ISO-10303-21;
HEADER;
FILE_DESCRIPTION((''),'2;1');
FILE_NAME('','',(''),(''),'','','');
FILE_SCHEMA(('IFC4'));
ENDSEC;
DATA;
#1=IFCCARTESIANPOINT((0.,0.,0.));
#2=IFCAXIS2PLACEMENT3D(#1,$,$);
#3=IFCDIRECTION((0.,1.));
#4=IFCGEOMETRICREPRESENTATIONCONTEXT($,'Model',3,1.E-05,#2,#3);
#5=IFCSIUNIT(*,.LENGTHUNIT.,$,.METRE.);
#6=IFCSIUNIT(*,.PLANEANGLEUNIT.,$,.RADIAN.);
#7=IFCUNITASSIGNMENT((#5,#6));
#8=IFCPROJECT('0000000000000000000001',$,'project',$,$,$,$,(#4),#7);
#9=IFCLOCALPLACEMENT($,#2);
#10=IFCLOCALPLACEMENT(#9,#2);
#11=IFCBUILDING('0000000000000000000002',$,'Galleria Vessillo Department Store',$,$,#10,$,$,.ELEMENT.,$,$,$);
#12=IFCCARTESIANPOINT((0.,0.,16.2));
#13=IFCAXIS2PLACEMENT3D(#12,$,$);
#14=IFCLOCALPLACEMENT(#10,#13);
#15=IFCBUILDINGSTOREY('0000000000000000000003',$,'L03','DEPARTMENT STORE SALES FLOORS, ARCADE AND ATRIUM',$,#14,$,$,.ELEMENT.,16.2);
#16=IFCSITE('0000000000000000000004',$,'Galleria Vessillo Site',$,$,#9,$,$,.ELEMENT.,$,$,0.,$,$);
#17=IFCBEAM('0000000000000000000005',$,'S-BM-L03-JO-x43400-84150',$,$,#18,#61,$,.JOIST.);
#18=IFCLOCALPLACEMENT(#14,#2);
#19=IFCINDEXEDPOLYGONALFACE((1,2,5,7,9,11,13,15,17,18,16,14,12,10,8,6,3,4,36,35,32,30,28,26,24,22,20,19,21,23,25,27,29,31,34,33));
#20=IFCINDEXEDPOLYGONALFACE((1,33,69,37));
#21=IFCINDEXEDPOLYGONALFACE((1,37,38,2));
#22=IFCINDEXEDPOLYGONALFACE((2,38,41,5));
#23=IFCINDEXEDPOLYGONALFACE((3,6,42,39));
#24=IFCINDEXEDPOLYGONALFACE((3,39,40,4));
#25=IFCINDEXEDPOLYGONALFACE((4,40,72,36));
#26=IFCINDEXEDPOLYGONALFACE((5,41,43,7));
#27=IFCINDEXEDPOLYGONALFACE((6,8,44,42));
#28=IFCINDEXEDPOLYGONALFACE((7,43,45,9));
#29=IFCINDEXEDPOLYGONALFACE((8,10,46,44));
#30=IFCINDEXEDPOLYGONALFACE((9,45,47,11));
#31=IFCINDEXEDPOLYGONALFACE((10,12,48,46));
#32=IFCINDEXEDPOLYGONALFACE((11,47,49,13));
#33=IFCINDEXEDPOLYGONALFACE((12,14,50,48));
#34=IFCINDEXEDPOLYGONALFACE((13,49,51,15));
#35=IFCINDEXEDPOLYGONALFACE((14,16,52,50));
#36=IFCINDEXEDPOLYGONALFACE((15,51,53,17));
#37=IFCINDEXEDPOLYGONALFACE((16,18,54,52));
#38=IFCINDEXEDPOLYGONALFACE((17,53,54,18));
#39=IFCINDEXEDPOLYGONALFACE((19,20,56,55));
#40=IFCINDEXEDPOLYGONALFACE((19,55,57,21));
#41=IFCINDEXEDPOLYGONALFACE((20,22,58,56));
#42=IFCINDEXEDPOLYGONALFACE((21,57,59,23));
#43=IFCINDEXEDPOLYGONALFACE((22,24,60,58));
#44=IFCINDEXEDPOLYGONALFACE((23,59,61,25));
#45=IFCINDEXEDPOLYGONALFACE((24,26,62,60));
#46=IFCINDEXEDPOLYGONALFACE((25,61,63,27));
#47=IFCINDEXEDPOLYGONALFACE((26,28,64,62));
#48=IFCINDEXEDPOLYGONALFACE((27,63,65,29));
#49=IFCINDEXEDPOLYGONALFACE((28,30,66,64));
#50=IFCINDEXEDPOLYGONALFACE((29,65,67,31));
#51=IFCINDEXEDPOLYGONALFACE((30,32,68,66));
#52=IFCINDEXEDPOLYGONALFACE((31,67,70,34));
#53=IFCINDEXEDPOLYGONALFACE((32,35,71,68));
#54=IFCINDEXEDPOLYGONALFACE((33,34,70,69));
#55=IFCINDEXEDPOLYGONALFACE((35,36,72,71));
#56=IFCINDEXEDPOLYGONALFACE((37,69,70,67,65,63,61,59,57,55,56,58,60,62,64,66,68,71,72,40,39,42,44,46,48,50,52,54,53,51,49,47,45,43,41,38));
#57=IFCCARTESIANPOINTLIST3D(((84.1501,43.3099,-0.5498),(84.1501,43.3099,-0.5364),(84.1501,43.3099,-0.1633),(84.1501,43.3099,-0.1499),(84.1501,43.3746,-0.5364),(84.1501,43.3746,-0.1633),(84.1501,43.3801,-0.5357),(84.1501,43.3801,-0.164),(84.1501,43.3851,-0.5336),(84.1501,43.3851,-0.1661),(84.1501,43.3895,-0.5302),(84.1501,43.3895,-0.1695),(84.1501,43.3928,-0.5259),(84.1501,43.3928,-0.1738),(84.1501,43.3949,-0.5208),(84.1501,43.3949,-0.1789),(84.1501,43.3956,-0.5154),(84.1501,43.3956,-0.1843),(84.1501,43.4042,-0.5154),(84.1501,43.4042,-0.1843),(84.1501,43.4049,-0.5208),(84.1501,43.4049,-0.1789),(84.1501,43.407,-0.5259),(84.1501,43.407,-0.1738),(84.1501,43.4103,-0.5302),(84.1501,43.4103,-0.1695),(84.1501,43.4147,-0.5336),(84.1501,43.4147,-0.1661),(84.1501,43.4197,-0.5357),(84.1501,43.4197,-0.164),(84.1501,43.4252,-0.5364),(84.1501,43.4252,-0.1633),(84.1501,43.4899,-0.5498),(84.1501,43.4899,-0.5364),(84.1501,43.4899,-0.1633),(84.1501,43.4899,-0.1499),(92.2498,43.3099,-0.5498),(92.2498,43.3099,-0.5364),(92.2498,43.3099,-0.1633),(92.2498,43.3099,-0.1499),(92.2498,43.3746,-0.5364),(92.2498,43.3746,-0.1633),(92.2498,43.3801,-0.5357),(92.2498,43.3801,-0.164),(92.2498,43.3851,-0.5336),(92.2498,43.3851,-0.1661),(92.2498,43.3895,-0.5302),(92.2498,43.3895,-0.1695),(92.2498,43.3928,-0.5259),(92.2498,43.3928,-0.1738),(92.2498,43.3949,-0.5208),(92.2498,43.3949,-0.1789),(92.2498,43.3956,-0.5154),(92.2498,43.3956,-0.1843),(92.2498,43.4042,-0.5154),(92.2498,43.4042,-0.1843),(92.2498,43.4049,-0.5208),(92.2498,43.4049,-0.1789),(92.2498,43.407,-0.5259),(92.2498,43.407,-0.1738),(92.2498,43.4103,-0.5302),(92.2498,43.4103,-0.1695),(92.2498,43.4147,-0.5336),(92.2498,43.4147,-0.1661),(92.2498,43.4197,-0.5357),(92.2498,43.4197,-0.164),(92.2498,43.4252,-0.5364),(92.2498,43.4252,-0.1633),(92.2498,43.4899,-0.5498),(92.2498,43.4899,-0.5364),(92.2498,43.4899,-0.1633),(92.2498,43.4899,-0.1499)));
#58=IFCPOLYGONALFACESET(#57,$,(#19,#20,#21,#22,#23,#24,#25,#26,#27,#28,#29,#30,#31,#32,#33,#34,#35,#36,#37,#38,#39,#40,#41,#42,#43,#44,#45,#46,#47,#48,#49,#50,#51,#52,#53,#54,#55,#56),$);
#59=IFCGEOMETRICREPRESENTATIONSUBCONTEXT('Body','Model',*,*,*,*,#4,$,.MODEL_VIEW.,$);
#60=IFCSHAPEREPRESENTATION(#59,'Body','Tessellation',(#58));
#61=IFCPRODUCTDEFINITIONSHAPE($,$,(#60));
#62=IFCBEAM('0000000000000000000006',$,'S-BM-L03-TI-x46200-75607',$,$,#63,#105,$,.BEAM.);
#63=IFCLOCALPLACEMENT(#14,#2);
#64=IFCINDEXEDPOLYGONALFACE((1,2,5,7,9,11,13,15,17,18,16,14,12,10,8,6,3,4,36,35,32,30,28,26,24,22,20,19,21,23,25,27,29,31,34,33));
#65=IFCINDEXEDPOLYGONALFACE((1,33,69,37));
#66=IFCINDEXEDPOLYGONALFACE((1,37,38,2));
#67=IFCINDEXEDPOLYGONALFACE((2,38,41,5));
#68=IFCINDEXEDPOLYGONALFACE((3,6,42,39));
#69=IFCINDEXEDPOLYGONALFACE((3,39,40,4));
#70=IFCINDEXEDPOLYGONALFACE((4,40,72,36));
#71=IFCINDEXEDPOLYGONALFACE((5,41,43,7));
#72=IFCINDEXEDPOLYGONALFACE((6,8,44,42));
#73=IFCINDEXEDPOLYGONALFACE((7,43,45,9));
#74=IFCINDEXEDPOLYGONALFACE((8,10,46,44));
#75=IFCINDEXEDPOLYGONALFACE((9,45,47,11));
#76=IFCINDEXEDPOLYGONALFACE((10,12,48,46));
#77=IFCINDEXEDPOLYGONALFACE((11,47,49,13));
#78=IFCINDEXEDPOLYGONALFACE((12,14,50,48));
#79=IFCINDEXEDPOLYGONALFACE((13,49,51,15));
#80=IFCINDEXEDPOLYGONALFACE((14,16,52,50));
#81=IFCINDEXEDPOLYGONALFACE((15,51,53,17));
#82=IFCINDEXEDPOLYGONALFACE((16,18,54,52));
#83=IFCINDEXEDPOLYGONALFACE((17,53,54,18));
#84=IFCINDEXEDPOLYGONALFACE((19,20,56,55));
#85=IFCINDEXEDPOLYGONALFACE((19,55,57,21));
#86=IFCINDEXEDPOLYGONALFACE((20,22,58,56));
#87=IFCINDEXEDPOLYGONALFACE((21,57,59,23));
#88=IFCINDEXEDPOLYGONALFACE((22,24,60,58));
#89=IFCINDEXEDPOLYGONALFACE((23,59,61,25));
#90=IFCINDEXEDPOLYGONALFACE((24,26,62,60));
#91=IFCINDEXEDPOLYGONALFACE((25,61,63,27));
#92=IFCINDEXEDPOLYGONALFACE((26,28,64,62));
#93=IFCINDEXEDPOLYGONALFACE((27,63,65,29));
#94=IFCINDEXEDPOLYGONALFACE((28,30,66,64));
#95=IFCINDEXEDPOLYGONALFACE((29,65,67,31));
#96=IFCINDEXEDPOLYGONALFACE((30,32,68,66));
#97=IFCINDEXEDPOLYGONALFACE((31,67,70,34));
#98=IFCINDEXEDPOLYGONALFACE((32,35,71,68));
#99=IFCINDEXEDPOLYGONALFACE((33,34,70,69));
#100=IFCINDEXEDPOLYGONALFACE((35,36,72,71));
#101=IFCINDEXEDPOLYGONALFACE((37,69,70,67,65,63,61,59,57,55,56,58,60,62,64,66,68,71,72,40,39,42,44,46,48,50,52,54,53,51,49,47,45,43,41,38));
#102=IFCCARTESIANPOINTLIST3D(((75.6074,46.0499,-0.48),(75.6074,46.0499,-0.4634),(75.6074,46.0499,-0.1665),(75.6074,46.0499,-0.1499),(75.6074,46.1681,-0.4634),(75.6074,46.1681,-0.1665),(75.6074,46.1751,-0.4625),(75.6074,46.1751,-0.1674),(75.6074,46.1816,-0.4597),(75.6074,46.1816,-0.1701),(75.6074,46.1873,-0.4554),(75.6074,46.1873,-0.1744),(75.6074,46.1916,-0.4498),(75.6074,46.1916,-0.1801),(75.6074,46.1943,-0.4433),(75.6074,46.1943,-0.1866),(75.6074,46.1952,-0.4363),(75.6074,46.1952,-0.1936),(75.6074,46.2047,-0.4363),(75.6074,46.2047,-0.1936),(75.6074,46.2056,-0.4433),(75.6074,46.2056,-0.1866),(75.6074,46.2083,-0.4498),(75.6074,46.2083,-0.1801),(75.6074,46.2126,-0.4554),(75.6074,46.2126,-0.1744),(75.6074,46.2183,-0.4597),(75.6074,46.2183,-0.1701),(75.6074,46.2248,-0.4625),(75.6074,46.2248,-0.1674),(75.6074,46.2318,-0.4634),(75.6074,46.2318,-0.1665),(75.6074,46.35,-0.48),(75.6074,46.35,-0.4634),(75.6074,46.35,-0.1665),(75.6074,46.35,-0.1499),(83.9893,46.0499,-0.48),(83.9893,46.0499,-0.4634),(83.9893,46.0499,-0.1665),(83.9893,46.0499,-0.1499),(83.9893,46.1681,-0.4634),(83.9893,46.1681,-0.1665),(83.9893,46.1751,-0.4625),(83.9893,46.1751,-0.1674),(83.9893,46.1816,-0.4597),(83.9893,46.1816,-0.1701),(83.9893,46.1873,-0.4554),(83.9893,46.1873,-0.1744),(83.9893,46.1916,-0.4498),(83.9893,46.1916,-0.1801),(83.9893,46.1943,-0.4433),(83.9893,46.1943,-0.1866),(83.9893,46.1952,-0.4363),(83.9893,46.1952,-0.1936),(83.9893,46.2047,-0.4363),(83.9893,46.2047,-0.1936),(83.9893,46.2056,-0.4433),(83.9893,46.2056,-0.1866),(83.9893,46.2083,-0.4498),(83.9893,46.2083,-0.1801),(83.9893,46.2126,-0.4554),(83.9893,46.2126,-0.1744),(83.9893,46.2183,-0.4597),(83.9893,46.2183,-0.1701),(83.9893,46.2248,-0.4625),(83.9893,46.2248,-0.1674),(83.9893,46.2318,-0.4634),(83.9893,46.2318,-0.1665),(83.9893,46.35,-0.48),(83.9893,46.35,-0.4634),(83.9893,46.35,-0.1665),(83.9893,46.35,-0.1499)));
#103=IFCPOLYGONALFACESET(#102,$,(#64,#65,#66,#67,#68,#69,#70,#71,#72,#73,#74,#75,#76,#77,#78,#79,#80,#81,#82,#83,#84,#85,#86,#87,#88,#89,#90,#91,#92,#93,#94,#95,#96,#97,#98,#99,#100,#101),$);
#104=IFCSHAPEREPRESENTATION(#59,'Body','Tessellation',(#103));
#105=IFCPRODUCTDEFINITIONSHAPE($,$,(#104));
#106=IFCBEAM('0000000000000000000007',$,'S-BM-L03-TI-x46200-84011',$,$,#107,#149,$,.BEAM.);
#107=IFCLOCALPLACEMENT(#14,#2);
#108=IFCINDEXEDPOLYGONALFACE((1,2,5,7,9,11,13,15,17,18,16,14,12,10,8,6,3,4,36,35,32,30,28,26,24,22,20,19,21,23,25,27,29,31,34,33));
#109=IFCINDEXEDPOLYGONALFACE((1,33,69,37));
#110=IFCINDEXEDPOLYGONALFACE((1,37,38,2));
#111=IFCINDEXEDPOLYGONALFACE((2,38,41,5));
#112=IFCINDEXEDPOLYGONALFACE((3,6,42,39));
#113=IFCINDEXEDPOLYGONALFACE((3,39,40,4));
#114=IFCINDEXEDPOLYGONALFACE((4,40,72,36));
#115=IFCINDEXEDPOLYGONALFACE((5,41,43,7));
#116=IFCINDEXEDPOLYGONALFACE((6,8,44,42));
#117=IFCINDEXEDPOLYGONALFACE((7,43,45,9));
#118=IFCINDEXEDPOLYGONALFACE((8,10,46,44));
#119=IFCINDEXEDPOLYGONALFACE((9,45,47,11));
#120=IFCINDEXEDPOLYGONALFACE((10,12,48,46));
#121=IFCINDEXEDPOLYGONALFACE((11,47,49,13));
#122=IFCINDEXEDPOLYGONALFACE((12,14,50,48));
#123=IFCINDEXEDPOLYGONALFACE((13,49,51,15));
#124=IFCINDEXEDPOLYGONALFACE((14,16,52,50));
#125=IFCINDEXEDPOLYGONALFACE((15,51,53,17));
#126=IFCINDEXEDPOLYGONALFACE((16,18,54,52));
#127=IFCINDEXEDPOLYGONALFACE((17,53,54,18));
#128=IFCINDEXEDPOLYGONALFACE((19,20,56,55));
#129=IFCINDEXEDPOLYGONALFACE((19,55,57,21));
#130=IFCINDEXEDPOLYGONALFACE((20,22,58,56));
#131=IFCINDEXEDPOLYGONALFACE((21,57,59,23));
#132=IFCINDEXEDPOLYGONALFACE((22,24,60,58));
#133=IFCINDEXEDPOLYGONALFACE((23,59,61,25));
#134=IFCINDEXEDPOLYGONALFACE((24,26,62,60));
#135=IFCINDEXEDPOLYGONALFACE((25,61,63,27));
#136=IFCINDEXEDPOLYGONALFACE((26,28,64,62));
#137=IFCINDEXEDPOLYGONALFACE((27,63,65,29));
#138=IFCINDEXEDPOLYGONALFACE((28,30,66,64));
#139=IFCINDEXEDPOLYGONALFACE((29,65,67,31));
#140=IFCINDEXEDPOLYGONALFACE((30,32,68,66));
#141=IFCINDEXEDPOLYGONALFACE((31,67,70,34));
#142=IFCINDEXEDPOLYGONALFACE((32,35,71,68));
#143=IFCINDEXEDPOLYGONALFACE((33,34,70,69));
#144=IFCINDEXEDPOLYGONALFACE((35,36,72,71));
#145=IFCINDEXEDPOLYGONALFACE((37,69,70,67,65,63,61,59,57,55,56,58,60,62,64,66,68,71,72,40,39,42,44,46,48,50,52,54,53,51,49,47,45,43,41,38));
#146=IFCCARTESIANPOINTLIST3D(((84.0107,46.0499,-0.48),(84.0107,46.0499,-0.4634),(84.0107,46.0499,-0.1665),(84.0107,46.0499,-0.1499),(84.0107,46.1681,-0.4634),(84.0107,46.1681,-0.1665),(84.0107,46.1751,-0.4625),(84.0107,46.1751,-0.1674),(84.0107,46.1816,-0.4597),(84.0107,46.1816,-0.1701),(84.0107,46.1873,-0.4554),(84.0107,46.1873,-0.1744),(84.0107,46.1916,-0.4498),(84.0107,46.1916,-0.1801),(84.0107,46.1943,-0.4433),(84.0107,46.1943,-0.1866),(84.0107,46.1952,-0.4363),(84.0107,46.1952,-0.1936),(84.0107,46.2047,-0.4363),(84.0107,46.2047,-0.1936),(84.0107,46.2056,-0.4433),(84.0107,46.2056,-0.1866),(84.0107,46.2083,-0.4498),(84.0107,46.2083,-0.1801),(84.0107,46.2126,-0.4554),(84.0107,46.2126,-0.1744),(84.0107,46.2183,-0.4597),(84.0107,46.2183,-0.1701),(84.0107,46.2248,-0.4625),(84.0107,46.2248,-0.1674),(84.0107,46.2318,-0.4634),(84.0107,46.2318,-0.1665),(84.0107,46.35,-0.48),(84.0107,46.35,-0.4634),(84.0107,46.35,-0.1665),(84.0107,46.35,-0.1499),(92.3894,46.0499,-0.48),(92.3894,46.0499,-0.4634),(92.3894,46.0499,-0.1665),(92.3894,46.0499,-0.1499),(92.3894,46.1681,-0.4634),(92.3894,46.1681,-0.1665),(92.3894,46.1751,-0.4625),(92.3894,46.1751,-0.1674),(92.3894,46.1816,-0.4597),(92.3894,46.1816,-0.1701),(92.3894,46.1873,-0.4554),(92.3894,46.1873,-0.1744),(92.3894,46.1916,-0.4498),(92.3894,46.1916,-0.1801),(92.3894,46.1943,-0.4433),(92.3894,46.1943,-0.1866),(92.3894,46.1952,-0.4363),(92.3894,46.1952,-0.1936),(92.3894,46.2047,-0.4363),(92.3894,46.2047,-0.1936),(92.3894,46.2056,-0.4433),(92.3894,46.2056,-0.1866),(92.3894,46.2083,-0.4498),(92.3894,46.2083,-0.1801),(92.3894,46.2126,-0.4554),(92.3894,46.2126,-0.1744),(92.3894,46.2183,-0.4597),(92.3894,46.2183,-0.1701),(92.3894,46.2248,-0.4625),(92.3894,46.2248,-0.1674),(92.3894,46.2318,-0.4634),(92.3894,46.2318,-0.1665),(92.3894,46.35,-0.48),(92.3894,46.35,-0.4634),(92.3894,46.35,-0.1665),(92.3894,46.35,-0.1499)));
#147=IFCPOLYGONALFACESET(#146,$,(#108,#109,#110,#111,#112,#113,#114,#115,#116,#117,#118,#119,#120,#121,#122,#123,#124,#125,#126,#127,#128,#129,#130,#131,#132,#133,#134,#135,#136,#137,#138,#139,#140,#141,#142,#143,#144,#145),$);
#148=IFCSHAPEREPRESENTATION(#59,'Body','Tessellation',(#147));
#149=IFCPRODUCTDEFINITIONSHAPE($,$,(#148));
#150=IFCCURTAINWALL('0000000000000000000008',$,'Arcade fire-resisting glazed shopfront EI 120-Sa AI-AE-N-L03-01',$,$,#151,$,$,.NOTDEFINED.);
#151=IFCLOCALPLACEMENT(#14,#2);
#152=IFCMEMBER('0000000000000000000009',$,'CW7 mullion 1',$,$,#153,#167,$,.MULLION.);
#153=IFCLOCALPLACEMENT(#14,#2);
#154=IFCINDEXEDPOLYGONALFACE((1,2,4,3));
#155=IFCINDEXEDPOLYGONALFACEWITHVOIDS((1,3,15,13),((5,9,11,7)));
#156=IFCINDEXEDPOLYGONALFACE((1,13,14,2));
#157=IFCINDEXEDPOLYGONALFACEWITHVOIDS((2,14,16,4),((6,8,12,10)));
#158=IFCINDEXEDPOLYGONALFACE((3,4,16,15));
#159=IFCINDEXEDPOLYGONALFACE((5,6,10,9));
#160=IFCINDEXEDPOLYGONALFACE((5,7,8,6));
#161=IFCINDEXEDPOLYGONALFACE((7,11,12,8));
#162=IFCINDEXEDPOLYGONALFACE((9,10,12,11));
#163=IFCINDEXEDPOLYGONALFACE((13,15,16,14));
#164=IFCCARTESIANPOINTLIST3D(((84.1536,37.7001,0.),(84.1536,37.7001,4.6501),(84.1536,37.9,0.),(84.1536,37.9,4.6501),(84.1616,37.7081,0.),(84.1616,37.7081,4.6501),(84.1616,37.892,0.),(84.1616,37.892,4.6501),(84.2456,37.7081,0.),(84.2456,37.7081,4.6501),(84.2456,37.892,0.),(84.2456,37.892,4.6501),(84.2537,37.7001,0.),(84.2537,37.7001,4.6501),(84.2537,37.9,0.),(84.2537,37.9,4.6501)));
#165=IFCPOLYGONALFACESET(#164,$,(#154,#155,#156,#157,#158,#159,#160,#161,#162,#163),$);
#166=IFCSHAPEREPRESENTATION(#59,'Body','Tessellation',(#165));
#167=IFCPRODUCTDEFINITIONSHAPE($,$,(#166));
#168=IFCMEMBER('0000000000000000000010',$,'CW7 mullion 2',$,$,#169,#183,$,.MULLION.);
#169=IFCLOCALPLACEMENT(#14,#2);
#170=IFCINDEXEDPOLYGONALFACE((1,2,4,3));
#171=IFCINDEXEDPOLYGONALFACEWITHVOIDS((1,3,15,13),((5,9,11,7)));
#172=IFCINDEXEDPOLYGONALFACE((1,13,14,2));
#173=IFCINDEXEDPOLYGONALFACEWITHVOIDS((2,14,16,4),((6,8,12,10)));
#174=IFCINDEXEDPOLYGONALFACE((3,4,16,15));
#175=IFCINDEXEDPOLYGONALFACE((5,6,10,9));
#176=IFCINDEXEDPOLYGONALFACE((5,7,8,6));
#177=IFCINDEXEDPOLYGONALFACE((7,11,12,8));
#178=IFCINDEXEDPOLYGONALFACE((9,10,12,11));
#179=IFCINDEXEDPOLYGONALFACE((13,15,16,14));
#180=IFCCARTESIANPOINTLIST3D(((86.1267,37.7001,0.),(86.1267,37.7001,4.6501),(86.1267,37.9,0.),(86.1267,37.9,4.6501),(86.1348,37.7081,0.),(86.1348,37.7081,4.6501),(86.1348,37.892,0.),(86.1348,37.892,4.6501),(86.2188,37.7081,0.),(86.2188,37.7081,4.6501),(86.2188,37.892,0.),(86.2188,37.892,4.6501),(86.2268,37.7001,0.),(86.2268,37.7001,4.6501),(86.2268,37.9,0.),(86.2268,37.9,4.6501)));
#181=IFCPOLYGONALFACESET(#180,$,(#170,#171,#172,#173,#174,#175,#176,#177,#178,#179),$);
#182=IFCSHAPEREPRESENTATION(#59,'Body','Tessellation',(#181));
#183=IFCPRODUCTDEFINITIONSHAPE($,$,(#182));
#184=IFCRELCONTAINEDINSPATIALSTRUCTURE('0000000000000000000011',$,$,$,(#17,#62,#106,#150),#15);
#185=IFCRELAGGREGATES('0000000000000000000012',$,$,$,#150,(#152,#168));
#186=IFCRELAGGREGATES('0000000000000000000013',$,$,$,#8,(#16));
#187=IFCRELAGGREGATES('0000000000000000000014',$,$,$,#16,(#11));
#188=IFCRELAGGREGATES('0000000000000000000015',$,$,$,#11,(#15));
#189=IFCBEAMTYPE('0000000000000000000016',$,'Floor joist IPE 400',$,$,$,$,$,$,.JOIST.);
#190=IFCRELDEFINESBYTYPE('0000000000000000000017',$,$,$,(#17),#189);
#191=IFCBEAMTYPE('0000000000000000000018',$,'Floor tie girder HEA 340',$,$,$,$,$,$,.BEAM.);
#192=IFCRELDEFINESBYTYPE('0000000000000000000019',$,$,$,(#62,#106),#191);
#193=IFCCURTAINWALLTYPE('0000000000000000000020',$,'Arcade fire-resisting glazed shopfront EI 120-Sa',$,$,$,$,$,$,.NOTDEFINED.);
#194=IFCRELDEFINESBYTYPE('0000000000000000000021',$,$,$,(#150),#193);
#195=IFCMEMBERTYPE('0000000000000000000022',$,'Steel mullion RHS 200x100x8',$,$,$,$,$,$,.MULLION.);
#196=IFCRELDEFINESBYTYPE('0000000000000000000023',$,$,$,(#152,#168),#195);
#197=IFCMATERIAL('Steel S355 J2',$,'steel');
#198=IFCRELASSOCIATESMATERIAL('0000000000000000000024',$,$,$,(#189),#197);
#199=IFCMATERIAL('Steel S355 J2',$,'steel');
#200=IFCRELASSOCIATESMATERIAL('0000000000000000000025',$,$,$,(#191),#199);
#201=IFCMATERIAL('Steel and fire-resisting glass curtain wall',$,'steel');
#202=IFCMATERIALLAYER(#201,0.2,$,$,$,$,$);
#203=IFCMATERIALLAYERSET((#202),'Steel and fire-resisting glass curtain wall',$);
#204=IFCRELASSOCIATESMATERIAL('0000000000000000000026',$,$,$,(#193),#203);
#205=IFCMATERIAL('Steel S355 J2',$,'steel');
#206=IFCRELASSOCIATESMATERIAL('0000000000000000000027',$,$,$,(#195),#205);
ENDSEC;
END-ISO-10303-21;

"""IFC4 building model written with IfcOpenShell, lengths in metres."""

from ifc_helpers import new_model, si_unit, direction, frame, origin, origin_2d, place, context, subcontext, project, spatial, hollow_rectangle, i_section, extrude, material, layer, layer_set, material_profile, profile_set, type_object, element, aggregate, save


model = new_model("IFC4")

# Units and contexts
model_context = context("Model", 3, precision=1e-05, world=origin(), true_north=direction((0.0, 1.0)))
body_context = subcontext(model_context, "Body", "Model", "MODEL_VIEW")
ifc_project = project(units=[si_unit("LENGTHUNIT", "METRE"), si_unit("PLANEANGLEUNIT", "RADIAN")], contexts=[model_context])

# Site, building, storey
site_placement = place(None, origin())
site = spatial("IfcSite", under=ifc_project, at=site_placement, Name="Galleria Vessillo Site", CompositionType="ELEMENT", RefElevation=0.0)
building_placement = place(site_placement, origin())
building = spatial("IfcBuilding", under=site, at=building_placement, Name="Galleria Vessillo Department Store", CompositionType="ELEMENT")
storey_placement = place(building_placement, frame((0.0, 0.0, 16.2)))
storey = spatial("IfcBuildingStorey", under=building, at=storey_placement, Name="L03", Description="DEPARTMENT STORE SALES FLOORS, ARCADE AND ATRIUM", CompositionType="ELEMENT", Elevation=16.2)

# Beams
ifc_material_1 = material(Name="Steel S355 J2", Category="steel")
ifc_material_profile_1 = material_profile(ifc_material_1, i_section(OverallWidth=0.1799, OverallDepth=0.3999, WebThickness=0.0085, FlangeThickness=0.0134, FilletRadius=0.021, at=origin_2d()), Name="IPE 400")
ifc_profile_set_1 = profile_set([ifc_material_profile_1], Name="Steel S355 J2")
beam_type_1 = type_object("IfcBeamType", Name="Floor joist IPE 400", PredefinedType="JOIST", material=ifc_profile_set_1)
for number, where, z_axis, x_axis, name in (
    (1, (84.1501, 43.3999, -0.3499), (1.0, 0.0, 0.0), (0.0, 1.0, 0.0), "S-BM-L03-JO-x43400-84150"),
):
    element("IfcBeam", number, at=place(storey_placement, frame(where, z_axis=z_axis, x_axis=x_axis)), inside=storey, type_object=beam_type_1, Name=name, PredefinedType="JOIST", context=body_context, shape_type="SweptSolid", body=[
        extrude(i_section(OverallWidth=0.1799, OverallDepth=0.3999, WebThickness=0.0085, FlangeThickness=0.0134, FilletRadius=0.021, at=origin_2d()), origin(), (0.0, 0.0, 1.0), 8.0996),
    ])
ifc_material_2 = material(Name="Steel S355 J2", Category="steel")
ifc_material_profile_2 = material_profile(ifc_material_2, i_section(OverallWidth=0.3, OverallDepth=0.3301, WebThickness=0.0095, FlangeThickness=0.0166, FilletRadius=0.0271, at=origin_2d()), Name="HEA 340")
ifc_profile_set_2 = profile_set([ifc_material_profile_2], Name="Steel S355 J2")
beam_type_2 = type_object("IfcBeamType", Name="Floor tie girder HEA 340", PredefinedType="BEAM", material=ifc_profile_set_2)
beam_1_placement = place(storey_placement, frame((75.6074, 46.2, -0.3149), z_axis=(1.0, 0.0, 0.0), x_axis=(0.0, 1.0, 0.0)))
element("IfcBeam", 2, at=beam_1_placement, inside=storey, type_object=beam_type_2, Name="S-BM-L03-TI-x46200-75607", PredefinedType="BEAM", context=body_context, shape_type="SweptSolid", body=[
    extrude(i_section(OverallWidth=0.3, OverallDepth=0.3301, WebThickness=0.0095, FlangeThickness=0.0166, FilletRadius=0.0271, at=origin_2d()), origin(), (0.0, 0.0, 1.0), 8.3818),
])
beam_2_placement = place(storey_placement, frame((84.0107, 46.2, -0.3149), z_axis=(1.0, 0.0, 0.0), x_axis=(0.0, 1.0, 0.0)))
element("IfcBeam", 3, at=beam_2_placement, inside=storey, type_object=beam_type_2, Name="S-BM-L03-TI-x46200-84011", PredefinedType="BEAM", context=body_context, shape_type="SweptSolid", body=[
    extrude(i_section(OverallWidth=0.3, OverallDepth=0.3301, WebThickness=0.0095, FlangeThickness=0.0166, FilletRadius=0.0271, at=origin_2d()), origin(), (0.0, 0.0, 1.0), 8.3787),
])

# Curtain wall, members
ifc_material_3 = material(Name="Steel and fire-resisting glass curtain wall", Category="steel")
ifc_layer_1 = layer(ifc_material_3, 0.2)
ifc_layer_set_1 = layer_set([ifc_layer_1], Name="Steel and fire-resisting glass curtain wall")
curtain_wall_type = type_object("IfcCurtainWallType", Name="Arcade fire-resisting glazed shopfront EI 120-Sa", PredefinedType="NOTDEFINED", material=ifc_layer_set_1)
curtain_wall_placement = place(storey_placement, origin())
curtain_wall = element("IfcCurtainWall", 4, at=curtain_wall_placement, inside=storey, type_object=curtain_wall_type, Name="Arcade fire-resisting glazed shopfront EI 120-Sa AI-AE-N-L03-01", PredefinedType="NOTDEFINED")
ifc_material_4 = material(Name="Steel S355 J2", Category="steel")
ifc_material_profile_3 = material_profile(ifc_material_4, hollow_rectangle(XDim=0.2, YDim=0.1001, WallThickness=0.0081, at=origin_2d()), Name="RHS 200x100x8")
ifc_profile_set_3 = profile_set([ifc_material_profile_3], Name="Steel S355 J2")
member_type_1 = type_object("IfcMemberType", Name="Steel mullion RHS 200x100x8", PredefinedType="MULLION", material=ifc_profile_set_3)
member_1_placement = place(storey_placement, frame((84.2036, 37.8, 0.0), z_axis=(0.0, 0.0, 1.0), x_axis=(0.0, 1.0, 0.0)))
member_1 = element("IfcMember", 5, at=member_1_placement, type_object=member_type_1, Name="CW7 mullion 1", PredefinedType="MULLION", context=body_context, shape_type="SweptSolid", body=[
    extrude(hollow_rectangle(XDim=0.2, YDim=0.1001, WallThickness=0.0081, at=origin_2d()), origin(), (0.0, 0.0, 1.0), 4.6501),
])
member_2_placement = place(storey_placement, frame((86.1768, 37.8, 0.0), z_axis=(0.0, 0.0, 1.0), x_axis=(0.0, 1.0, 0.0)))
member_2 = element("IfcMember", 6, at=member_2_placement, type_object=member_type_1, Name="CW7 mullion 2", PredefinedType="MULLION", context=body_context, shape_type="SweptSolid", body=[
    extrude(hollow_rectangle(XDim=0.2, YDim=0.1001, WallThickness=0.0081, at=origin_2d()), origin(), (0.0, 0.0, 1.0), 4.6501),
])

aggregate(curtain_wall, [member_1, member_2])

save(model, "model.ifc")
